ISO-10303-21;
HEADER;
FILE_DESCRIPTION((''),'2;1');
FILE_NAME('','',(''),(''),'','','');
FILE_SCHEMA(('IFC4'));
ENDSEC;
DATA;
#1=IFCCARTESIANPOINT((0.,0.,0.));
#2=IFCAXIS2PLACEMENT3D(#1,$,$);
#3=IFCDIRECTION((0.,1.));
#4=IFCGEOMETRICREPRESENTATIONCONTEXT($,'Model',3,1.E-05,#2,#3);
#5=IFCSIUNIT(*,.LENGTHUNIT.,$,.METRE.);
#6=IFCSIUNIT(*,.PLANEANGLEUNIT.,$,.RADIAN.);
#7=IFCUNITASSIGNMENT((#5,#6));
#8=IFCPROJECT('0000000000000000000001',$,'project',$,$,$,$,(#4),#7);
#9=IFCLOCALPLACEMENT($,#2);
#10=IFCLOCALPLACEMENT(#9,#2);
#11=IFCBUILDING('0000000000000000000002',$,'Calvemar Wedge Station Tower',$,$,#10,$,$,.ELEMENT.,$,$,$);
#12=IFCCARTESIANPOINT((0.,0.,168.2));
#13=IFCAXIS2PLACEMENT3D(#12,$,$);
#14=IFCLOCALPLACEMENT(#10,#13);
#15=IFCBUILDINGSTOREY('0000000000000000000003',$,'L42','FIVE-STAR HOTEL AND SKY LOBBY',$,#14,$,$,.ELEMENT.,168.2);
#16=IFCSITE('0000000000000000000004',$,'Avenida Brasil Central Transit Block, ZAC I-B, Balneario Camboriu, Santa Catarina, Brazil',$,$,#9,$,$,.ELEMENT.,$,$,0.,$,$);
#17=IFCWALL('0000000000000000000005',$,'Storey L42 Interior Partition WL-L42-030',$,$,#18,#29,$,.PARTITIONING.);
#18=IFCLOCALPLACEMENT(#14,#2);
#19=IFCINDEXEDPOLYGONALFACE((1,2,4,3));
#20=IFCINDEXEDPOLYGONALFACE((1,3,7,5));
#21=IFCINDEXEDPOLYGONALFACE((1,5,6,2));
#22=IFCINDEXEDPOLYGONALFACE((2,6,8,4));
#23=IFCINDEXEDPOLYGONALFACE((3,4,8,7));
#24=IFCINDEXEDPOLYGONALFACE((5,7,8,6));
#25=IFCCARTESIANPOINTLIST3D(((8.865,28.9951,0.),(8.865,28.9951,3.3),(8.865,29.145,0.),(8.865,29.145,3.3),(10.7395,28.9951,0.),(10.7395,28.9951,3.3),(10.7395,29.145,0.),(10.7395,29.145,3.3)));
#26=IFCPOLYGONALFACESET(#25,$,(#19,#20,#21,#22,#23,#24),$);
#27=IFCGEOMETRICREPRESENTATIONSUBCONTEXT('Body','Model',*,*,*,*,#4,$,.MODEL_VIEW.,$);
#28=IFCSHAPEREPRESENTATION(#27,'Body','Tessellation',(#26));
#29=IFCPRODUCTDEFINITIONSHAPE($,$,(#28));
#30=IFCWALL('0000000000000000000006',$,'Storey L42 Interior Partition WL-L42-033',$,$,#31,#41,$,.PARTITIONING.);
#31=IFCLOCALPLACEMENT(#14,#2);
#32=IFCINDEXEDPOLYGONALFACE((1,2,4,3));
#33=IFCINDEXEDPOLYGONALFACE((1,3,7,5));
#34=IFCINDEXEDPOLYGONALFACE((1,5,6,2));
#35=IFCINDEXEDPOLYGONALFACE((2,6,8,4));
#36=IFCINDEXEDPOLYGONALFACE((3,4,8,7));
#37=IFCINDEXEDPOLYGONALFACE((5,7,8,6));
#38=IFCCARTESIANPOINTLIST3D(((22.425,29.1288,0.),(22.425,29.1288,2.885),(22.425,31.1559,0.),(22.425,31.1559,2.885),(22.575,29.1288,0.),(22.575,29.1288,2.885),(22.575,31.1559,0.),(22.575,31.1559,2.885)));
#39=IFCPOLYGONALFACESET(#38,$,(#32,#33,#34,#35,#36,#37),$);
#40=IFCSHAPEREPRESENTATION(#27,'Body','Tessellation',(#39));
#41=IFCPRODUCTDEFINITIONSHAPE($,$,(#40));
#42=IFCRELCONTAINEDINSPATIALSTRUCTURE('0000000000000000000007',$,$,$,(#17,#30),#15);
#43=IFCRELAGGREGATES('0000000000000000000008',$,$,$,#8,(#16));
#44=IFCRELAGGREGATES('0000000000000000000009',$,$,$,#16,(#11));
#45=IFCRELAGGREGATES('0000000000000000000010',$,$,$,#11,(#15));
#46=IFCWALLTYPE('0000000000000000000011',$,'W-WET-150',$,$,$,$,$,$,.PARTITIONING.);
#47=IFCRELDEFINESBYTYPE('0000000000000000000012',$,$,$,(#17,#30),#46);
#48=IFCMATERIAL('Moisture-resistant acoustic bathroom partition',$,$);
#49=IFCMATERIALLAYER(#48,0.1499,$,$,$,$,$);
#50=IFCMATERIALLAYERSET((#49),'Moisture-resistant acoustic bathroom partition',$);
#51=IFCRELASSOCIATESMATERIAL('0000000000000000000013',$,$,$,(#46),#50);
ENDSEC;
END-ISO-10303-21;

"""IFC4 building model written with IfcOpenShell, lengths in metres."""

from ifc_helpers import new_model, si_unit, direction, frame, frame_2d, origin, place, context, subcontext, project, spatial, rectangle, extrude, material, layer, layer_set, type_object, element, save


model = new_model("IFC4")

# Units and contexts
model_context = context("Model", 3, precision=1e-05, world=origin(), true_north=direction((0.0, 1.0)))
body_context = subcontext(model_context, "Body", "Model", "MODEL_VIEW")
ifc_project = project(units=[si_unit("LENGTHUNIT", "METRE"), si_unit("PLANEANGLEUNIT", "RADIAN")], contexts=[model_context])

# Site, building, storey
site_placement = place(None, origin())
site = spatial("IfcSite", under=ifc_project, at=site_placement, Name="Avenida Brasil Central Transit Block, ZAC I-B, Balneario Camboriu, Santa Catarina, Brazil", CompositionType="ELEMENT", RefElevation=0.0)
building_placement = place(site_placement, origin())
building = spatial("IfcBuilding", under=site, at=building_placement, Name="Calvemar Wedge Station Tower", CompositionType="ELEMENT")
storey_placement = place(building_placement, frame((0.0, 0.0, 168.2)))
storey = spatial("IfcBuildingStorey", under=building, at=storey_placement, Name="L42", Description="FIVE-STAR HOTEL AND SKY LOBBY", CompositionType="ELEMENT", Elevation=168.2)

# Shared definitions
ifc_material_1 = material(Name="Moisture-resistant acoustic bathroom partition")
ifc_layer_1 = layer(ifc_material_1, 0.1499)
ifc_layer_set_1 = layer_set([ifc_layer_1], Name="Moisture-resistant acoustic bathroom partition")
wall_type_1 = type_object("IfcWallType", Name="W-WET-150", PredefinedType="PARTITIONING", material=ifc_layer_set_1)

# Wall
wall_1_placement = place(storey_placement, frame((10.7395, 29.0701, 0.0), z_axis=(0.0, 0.0, 1.0), x_axis=(-1.0, 0.0, 0.0)))
element("IfcWall", 1, at=wall_1_placement, inside=storey, type_object=wall_type_1, Name="Storey L42 Interior Partition WL-L42-030", PredefinedType="PARTITIONING", context=body_context, shape_type="SweptSolid", body=[
    extrude(rectangle(XDim=1.8745, YDim=0.1499, at=frame_2d((0.9373, 0.0))), origin(), (0.0, 0.0, 1.0), 3.3),
])

# Wall
wall_2_placement = place(storey_placement, frame((22.5, 31.156, 0.0), z_axis=(0.0, 0.0, 1.0), x_axis=(0.0, -1.0, 0.0)))
element("IfcWall", 2, at=wall_2_placement, inside=storey, type_object=wall_type_1, Name="Storey L42 Interior Partition WL-L42-033", PredefinedType="PARTITIONING", context=body_context, shape_type="SweptSolid", body=[
    extrude(rectangle(XDim=2.0271, YDim=0.1499, at=frame_2d((1.0137, 0.0))), origin(), (0.0, 0.0, 1.0), 2.885),
])

save(model, "model.ifc")
